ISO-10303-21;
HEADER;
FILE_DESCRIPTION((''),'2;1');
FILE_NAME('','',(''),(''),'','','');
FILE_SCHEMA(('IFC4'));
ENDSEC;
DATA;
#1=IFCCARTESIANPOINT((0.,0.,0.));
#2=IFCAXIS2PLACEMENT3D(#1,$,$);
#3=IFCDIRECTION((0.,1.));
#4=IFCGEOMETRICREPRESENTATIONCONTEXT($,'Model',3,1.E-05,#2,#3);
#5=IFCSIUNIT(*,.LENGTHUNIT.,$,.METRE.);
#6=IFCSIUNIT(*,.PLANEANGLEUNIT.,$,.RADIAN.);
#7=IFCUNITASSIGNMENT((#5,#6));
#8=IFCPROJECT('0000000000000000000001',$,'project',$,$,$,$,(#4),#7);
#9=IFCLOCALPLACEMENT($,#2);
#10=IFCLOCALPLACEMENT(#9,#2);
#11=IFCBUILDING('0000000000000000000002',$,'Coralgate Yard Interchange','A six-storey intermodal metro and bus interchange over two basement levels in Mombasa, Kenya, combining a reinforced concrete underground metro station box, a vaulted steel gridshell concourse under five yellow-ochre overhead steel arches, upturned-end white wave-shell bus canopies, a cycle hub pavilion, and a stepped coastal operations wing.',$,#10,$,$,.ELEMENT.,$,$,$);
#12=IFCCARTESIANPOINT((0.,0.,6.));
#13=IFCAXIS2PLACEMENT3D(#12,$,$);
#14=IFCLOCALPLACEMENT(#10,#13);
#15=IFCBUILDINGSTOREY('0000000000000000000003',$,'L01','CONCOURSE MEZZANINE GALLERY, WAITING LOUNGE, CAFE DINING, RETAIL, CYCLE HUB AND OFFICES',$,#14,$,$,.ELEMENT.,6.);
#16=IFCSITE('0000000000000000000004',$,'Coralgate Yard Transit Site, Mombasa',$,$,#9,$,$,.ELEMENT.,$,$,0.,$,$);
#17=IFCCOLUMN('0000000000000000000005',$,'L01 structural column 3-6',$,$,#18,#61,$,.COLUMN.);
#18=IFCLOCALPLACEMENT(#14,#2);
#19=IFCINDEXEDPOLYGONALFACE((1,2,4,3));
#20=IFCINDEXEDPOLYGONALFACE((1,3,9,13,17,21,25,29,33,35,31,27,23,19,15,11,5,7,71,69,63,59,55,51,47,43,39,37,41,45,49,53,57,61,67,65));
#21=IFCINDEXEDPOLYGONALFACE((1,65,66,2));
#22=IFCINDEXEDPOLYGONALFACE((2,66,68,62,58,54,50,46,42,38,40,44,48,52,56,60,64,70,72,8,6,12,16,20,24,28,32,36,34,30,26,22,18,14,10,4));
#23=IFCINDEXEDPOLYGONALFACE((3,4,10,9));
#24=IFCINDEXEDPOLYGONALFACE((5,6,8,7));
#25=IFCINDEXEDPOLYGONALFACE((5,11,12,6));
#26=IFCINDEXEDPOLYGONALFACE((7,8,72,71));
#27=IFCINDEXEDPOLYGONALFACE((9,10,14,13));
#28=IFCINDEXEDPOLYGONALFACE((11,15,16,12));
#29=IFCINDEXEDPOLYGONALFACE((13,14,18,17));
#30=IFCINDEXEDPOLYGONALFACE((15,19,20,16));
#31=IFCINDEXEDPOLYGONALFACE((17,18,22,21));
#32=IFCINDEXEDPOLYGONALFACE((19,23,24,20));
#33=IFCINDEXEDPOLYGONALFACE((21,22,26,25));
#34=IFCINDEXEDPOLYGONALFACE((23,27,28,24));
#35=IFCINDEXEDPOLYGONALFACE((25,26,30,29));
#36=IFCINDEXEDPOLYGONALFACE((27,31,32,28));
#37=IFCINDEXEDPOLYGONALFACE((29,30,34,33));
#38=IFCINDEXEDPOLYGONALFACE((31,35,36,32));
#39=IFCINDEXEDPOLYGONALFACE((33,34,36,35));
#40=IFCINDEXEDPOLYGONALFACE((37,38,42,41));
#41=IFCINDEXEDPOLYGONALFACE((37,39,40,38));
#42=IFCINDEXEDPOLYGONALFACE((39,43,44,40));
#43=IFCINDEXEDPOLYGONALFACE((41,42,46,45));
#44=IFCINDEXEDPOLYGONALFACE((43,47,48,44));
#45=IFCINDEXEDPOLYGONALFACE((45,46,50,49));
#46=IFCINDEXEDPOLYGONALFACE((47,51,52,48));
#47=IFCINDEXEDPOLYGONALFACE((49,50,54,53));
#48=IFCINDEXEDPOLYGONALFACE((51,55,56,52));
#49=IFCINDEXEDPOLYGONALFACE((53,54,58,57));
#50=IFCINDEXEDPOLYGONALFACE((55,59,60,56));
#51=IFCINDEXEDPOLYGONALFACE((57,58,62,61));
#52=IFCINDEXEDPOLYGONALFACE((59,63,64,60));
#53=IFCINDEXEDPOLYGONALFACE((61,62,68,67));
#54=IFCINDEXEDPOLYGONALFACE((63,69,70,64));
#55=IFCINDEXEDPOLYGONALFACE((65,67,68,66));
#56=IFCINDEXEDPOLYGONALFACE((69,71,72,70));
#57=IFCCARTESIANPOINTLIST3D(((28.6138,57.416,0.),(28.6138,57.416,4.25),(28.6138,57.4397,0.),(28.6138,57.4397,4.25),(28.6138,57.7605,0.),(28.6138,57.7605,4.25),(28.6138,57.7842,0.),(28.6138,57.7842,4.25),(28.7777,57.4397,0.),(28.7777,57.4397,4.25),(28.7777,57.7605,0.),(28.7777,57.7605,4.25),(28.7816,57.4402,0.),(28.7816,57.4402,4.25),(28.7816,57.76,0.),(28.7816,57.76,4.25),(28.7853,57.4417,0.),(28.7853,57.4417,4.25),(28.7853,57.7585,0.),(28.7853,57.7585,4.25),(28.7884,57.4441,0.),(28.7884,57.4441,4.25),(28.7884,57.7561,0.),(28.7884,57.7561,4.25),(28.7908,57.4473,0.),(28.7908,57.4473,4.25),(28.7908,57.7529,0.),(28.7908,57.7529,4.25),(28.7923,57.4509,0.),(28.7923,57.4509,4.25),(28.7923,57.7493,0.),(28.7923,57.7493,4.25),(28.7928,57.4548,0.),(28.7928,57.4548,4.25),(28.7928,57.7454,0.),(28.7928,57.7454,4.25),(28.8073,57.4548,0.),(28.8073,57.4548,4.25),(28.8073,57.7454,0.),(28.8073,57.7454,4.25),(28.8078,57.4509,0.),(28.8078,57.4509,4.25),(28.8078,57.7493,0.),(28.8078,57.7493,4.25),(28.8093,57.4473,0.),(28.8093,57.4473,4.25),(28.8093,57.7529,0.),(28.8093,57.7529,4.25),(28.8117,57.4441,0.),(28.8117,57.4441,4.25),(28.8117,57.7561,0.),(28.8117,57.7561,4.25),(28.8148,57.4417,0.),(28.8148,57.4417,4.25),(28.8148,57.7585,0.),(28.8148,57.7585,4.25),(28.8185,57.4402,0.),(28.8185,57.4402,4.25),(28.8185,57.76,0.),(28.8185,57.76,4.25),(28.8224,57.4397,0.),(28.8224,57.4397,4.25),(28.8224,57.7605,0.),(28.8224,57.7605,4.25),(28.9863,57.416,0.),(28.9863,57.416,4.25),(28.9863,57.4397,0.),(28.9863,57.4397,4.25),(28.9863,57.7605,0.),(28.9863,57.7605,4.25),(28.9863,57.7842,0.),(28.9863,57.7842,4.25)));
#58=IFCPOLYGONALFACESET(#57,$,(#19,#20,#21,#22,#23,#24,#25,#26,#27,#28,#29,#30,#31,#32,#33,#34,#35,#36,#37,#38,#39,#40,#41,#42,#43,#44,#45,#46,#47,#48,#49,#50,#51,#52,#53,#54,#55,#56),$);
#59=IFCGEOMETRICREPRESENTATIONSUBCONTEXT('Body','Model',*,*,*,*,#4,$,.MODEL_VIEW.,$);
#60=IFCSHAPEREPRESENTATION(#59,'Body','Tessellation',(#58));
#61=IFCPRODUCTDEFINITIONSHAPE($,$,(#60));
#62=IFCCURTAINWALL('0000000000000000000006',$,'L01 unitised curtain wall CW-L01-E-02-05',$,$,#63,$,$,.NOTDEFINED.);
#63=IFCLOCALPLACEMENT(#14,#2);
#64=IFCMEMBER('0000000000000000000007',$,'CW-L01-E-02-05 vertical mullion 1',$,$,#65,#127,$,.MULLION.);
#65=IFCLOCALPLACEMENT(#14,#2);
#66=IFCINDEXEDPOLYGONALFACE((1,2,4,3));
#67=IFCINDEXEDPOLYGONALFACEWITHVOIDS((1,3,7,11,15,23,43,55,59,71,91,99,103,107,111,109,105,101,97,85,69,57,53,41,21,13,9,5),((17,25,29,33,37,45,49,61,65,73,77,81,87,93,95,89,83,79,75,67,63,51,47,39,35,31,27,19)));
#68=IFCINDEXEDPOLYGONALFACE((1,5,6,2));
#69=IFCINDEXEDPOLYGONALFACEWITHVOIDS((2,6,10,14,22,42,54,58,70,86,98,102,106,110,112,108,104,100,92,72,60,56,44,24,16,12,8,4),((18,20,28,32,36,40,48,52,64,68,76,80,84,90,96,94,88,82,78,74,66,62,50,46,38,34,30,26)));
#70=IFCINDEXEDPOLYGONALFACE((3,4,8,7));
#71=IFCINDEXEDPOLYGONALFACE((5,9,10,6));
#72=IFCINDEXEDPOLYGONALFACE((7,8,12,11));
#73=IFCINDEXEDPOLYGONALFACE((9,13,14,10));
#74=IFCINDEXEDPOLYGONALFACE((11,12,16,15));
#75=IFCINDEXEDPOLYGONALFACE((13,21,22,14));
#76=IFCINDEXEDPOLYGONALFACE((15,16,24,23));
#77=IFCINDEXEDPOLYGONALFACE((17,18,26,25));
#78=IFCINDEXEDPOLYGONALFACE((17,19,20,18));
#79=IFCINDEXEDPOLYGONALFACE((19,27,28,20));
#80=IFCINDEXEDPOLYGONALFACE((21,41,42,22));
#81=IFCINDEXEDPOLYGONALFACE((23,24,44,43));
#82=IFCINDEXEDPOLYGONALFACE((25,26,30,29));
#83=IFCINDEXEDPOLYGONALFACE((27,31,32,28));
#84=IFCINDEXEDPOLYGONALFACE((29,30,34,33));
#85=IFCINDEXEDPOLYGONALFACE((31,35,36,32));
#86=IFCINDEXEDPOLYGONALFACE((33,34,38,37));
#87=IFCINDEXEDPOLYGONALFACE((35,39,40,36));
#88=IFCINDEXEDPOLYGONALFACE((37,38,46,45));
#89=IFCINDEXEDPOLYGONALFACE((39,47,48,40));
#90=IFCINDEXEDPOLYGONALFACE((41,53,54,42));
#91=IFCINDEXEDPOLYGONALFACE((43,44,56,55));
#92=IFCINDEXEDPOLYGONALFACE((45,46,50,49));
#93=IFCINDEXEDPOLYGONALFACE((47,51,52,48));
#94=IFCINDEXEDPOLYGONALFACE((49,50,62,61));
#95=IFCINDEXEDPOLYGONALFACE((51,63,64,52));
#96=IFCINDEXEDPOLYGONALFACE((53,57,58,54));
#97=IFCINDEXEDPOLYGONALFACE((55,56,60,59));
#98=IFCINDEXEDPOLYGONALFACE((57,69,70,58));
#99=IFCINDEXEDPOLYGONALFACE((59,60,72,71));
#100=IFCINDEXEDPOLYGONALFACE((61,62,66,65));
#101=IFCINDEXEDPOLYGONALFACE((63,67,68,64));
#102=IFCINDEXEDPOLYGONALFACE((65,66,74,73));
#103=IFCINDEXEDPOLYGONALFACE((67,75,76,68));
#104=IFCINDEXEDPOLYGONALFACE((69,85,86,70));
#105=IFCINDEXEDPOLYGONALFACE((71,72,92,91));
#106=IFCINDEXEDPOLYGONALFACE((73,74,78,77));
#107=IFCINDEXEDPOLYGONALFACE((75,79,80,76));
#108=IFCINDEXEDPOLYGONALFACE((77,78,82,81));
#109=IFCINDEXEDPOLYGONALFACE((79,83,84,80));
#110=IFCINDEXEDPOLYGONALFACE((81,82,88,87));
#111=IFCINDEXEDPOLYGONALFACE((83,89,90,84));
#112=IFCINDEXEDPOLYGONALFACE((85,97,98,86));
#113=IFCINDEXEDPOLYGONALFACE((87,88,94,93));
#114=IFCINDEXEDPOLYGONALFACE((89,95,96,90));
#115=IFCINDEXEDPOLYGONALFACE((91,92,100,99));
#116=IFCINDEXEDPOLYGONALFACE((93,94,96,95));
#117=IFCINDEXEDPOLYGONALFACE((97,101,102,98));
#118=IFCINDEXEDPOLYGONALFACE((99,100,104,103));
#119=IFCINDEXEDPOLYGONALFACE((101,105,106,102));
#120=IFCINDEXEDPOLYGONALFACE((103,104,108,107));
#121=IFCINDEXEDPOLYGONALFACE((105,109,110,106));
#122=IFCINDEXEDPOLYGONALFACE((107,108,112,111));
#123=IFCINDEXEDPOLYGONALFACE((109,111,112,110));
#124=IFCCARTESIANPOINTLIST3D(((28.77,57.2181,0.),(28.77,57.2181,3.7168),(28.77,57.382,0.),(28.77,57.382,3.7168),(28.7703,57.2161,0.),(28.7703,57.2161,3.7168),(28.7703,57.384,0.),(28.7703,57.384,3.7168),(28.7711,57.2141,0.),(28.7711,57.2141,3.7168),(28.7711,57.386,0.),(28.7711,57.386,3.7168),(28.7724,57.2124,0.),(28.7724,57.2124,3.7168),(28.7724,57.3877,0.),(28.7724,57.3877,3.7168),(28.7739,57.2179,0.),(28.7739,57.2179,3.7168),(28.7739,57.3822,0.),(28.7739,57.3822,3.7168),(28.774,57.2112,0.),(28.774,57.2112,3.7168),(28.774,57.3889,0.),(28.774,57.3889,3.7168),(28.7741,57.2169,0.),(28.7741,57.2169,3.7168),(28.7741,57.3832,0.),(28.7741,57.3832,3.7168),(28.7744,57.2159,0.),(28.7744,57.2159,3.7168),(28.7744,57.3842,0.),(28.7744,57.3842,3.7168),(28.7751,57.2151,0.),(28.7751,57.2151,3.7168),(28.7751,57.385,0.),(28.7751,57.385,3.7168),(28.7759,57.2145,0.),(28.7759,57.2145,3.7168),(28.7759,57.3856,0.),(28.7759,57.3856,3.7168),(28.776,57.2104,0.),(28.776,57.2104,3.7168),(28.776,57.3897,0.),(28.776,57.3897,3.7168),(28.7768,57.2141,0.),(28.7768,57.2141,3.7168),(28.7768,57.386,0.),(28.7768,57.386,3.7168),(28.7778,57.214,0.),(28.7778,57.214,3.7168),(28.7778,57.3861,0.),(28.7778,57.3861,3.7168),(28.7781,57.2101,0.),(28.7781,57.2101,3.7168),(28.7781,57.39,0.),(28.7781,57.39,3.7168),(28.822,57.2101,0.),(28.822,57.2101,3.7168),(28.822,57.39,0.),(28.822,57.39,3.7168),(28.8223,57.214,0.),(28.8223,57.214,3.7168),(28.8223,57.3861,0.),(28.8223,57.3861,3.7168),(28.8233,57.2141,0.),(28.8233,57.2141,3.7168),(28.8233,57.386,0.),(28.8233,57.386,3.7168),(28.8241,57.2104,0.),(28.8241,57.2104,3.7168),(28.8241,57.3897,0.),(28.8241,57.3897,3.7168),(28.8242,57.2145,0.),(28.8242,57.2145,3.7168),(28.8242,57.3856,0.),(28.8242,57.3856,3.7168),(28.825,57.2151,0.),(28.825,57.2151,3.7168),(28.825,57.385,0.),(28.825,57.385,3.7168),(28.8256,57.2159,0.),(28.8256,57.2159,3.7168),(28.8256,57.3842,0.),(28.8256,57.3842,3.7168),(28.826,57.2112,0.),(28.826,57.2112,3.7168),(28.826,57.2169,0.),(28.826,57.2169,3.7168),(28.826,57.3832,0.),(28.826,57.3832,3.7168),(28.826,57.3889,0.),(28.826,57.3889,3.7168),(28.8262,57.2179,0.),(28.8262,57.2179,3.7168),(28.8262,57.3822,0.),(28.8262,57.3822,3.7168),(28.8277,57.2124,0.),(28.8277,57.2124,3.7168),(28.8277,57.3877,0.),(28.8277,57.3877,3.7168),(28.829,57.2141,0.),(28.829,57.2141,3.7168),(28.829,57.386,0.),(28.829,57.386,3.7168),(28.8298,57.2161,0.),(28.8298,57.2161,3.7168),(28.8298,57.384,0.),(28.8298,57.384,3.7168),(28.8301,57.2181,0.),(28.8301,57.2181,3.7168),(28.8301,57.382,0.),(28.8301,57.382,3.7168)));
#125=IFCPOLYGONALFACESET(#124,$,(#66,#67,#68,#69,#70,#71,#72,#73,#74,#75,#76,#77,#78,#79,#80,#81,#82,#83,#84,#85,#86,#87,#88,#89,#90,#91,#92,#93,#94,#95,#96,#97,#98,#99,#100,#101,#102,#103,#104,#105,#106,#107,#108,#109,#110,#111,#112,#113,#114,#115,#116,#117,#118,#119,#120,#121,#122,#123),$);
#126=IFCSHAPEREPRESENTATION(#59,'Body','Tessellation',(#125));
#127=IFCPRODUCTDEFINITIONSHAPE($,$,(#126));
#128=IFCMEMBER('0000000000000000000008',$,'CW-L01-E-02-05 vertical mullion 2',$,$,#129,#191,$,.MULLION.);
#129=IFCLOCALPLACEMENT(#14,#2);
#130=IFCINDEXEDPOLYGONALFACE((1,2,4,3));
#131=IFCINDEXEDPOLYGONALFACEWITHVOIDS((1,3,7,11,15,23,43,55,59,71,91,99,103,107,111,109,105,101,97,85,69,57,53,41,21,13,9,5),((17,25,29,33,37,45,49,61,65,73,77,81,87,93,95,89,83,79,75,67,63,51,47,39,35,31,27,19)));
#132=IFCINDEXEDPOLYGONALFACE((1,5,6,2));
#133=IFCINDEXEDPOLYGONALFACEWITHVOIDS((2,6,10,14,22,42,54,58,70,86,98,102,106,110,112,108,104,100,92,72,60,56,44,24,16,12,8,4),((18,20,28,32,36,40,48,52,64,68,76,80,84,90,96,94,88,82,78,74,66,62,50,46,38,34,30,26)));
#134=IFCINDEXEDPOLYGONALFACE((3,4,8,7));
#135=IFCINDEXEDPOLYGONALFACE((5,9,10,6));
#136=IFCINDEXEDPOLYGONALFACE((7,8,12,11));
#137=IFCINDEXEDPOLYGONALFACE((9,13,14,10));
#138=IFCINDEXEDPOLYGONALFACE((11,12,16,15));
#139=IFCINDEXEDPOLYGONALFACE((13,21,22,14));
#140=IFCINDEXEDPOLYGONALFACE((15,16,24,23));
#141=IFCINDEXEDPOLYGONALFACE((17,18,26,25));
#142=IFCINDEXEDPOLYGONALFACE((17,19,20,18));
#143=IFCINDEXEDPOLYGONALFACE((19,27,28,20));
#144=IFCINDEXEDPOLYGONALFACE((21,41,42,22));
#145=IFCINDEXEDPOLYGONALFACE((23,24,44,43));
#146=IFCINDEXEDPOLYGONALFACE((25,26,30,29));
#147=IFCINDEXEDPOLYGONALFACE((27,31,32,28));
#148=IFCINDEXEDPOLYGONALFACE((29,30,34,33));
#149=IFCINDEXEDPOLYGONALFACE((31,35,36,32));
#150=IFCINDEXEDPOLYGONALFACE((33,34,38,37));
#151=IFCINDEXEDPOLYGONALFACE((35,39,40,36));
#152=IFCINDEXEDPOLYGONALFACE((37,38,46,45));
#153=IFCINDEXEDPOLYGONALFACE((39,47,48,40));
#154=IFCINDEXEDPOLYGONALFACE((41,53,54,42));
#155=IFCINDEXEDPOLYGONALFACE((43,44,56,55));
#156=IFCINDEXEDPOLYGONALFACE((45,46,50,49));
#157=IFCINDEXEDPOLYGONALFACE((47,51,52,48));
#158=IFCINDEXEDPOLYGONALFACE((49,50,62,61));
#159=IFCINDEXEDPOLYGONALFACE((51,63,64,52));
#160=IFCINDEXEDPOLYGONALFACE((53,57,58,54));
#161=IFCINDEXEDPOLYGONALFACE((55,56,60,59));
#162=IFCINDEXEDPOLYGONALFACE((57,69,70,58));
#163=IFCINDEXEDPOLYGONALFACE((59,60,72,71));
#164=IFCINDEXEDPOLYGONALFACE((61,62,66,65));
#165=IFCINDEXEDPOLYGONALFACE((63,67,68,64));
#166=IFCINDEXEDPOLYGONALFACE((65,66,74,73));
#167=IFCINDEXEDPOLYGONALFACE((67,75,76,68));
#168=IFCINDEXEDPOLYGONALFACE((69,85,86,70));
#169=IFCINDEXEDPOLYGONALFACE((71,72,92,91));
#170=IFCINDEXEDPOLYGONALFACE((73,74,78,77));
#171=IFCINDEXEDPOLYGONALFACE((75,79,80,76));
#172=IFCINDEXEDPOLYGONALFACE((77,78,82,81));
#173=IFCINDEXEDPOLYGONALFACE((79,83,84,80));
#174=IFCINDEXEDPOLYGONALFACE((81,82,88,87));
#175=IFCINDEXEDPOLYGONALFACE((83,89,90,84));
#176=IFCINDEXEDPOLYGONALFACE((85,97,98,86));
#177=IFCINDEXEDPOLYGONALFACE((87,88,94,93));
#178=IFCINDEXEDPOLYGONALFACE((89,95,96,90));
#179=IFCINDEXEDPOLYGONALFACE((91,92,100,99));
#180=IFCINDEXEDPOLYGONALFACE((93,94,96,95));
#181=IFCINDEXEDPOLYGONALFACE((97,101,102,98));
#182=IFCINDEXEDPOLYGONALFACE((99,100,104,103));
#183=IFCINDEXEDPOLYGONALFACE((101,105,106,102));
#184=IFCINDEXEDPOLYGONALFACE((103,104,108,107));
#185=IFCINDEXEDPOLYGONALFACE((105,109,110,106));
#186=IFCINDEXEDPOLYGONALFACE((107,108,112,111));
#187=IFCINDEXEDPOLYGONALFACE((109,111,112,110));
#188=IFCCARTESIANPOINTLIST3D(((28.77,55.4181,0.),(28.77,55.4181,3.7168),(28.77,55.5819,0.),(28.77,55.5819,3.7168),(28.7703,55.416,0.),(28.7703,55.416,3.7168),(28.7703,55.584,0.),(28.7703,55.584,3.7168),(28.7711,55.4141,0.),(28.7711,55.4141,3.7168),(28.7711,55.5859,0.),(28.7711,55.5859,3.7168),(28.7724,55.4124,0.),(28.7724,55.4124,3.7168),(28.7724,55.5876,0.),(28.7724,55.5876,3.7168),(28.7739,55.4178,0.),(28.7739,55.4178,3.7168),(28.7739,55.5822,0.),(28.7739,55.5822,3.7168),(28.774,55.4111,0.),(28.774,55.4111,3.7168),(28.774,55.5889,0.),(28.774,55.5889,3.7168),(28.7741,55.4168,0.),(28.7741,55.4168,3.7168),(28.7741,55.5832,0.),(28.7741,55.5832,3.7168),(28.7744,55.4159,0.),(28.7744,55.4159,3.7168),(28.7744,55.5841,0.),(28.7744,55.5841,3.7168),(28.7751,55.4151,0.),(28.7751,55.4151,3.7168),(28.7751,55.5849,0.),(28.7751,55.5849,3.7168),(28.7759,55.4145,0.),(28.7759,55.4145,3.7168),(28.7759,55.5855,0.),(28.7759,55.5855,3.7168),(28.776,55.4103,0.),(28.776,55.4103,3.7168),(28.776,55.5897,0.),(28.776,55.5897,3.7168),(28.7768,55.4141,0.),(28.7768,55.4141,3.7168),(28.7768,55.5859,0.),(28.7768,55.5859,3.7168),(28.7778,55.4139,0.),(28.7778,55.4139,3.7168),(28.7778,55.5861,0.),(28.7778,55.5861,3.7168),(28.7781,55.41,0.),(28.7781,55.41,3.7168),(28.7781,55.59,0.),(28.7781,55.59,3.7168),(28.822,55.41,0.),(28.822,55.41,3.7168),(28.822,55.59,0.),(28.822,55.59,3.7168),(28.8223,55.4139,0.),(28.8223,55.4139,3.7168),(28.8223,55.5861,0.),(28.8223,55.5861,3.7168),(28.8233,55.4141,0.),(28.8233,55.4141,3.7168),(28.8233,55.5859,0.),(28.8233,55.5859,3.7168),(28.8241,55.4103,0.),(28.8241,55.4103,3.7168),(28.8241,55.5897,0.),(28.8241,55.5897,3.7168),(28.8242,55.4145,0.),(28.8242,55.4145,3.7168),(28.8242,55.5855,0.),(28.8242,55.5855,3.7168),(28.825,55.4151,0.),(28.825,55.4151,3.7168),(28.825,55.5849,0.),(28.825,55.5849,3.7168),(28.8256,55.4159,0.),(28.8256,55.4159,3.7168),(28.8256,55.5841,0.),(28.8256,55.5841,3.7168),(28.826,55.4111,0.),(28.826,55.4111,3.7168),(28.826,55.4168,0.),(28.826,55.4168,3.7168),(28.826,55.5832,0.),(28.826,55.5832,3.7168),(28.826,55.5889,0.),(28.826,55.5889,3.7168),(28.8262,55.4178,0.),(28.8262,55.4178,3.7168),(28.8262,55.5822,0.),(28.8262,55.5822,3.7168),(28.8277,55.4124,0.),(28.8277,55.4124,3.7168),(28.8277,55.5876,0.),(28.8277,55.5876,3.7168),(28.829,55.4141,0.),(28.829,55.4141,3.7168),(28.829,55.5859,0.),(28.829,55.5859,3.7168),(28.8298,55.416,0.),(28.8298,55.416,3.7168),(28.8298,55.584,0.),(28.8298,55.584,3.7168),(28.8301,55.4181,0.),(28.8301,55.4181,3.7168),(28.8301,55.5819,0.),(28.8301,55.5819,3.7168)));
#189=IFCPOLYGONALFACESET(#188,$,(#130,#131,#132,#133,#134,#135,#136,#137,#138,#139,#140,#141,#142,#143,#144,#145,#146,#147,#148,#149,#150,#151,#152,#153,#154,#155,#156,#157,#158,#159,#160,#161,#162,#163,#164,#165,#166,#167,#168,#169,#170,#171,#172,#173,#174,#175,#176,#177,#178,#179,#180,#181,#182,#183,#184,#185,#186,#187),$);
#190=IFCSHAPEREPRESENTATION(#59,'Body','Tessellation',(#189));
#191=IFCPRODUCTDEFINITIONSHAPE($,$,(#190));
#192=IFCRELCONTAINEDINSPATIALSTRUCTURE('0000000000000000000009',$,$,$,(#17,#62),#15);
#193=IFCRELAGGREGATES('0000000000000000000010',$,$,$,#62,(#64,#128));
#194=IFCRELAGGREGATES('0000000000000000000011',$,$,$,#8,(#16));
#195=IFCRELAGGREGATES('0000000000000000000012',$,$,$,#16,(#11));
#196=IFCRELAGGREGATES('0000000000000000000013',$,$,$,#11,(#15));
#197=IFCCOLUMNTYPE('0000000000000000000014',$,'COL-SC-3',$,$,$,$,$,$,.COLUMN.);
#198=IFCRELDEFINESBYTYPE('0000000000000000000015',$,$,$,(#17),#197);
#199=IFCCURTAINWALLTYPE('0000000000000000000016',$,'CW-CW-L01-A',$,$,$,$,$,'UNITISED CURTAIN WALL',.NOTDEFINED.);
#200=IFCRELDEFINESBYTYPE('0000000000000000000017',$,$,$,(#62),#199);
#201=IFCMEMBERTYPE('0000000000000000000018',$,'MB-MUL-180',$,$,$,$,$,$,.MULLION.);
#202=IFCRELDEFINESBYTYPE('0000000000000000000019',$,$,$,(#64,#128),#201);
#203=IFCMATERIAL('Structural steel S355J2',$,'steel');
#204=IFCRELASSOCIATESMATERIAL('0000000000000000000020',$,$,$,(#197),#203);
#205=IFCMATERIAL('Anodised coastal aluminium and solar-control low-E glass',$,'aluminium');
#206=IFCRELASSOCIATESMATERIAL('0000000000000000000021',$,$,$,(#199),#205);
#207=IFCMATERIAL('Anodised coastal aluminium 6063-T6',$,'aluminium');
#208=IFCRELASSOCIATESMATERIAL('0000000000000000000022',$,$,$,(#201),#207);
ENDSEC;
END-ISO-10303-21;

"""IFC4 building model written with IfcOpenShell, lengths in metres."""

from ifc_helpers import new_model, si_unit, direction, frame, origin, origin_2d, place, context, subcontext, project, spatial, hollow_rectangle, i_section, extrude, material, material_profile, profile_set, type_object, element, aggregate, save


model = new_model("IFC4")

# Units and contexts
model_context = context("Model", 3, precision=1e-05, world=origin(), true_north=direction((0.0, 1.0)))
body_context = subcontext(model_context, "Body", "Model", "MODEL_VIEW")
ifc_project = project(units=[si_unit("LENGTHUNIT", "METRE"), si_unit("PLANEANGLEUNIT", "RADIAN")], contexts=[model_context])

# Site, building, storey
site_placement = place(None, origin())
site = spatial("IfcSite", under=ifc_project, at=site_placement, Name="Coralgate Yard Transit Site, Mombasa", CompositionType="ELEMENT", RefElevation=0.0)
building_placement = place(site_placement, origin())
building = spatial("IfcBuilding", under=site, at=building_placement, Name="Coralgate Yard Interchange", Description="A six-storey intermodal metro and bus interchange over two basement levels in Mombasa, Kenya, combining a reinforced concrete underground metro station box, a vaulted steel gridshell concourse under five yellow-ochre overhead steel arches, upturned-end white wave-shell bus canopies, a cycle hub pavilion, and a stepped coastal operations wing.", CompositionType="ELEMENT")
storey_placement = place(building_placement, frame((0.0, 0.0, 6.0)))
storey = spatial("IfcBuildingStorey", under=building, at=storey_placement, Name="L01", Description="CONCOURSE MEZZANINE GALLERY, WAITING LOUNGE, CAFE DINING, RETAIL, CYCLE HUB AND OFFICES", CompositionType="ELEMENT", Elevation=6.0)

# Column
ifc_material_1 = material(Name="Structural steel S355J2", Category="steel")
ifc_material_profile_1 = material_profile(ifc_material_1, i_section(OverallWidth=0.3726, OverallDepth=0.3682, WebThickness=0.0144, FlangeThickness=0.0237, FilletRadius=0.0151, at=origin_2d()), Name="UC 356x368x177")
ifc_profile_set_1 = profile_set([ifc_material_profile_1], Name="Structural steel S355J2")
column_type = type_object("IfcColumnType", Name="COL-SC-3", PredefinedType="COLUMN", material=ifc_profile_set_1)
column_placement = place(storey_placement, frame((28.8, 57.6001, 0.0), z_axis=(0.0, 0.0, 1.0), x_axis=(1.0, 0.0, 0.0)))
element("IfcColumn", 1, at=column_placement, inside=storey, type_object=column_type, Name="L01 structural column 3-6", PredefinedType="COLUMN", context=body_context, shape_type="SweptSolid", body=[
    extrude(i_section(OverallWidth=0.3726, OverallDepth=0.3682, WebThickness=0.0144, FlangeThickness=0.0237, FilletRadius=0.0151, at=origin_2d()), origin(), (0.0, 0.0, 1.0), 4.25),
])

# Curtain wall, members
ifc_material_2 = material(Name="Anodised coastal aluminium and solar-control low-E glass", Category="aluminium")
curtain_wall_type = type_object("IfcCurtainWallType", Name="CW-CW-L01-A", ElementType="UNITISED CURTAIN WALL", PredefinedType="NOTDEFINED", material=ifc_material_2)
curtain_wall_1_placement = place(storey_placement, origin())
curtain_wall_1 = element("IfcCurtainWall", 2, at=curtain_wall_1_placement, inside=storey, type_object=curtain_wall_type, Name="L01 unitised curtain wall CW-L01-E-02-05", PredefinedType="NOTDEFINED")
ifc_material_3 = material(Name="Anodised coastal aluminium 6063-T6", Category="aluminium")
ifc_material_profile_2 = material_profile(ifc_material_3, hollow_rectangle(XDim=0.0601, YDim=0.1799, WallThickness=0.0039, InnerFilletRadius=0.0039, OuterFilletRadius=0.0081, at=origin_2d()), Name="ALU 60x180x4")
ifc_profile_set_2 = profile_set([ifc_material_profile_2], Name="Anodised coastal aluminium 6063-T6")
member_type_1 = type_object("IfcMemberType", Name="MB-MUL-180", PredefinedType="MULLION", material=ifc_profile_set_2)
member_1_placement = place(storey_placement, frame((28.8, 57.3, 0.0), z_axis=(0.0, 0.0, 1.0), x_axis=(1.0, 0.0, 0.0)))
member_1 = element("IfcMember", 3, at=member_1_placement, type_object=member_type_1, Name="CW-L01-E-02-05 vertical mullion 1", PredefinedType="MULLION", context=body_context, shape_type="SweptSolid", body=[
    extrude(hollow_rectangle(XDim=0.0601, YDim=0.1799, WallThickness=0.0039, InnerFilletRadius=0.0039, OuterFilletRadius=0.0081, at=origin_2d()), origin(), (0.0, 0.0, 1.0), 3.7168),
])
member_2_placement = place(storey_placement, frame((28.8, 55.5, 0.0), z_axis=(0.0, 0.0, 1.0), x_axis=(1.0, 0.0, 0.0)))
member_2 = element("IfcMember", 4, at=member_2_placement, type_object=member_type_1, Name="CW-L01-E-02-05 vertical mullion 2", PredefinedType="MULLION", context=body_context, shape_type="SweptSolid", body=[
    extrude(hollow_rectangle(XDim=0.0601, YDim=0.1799, WallThickness=0.0039, InnerFilletRadius=0.0039, OuterFilletRadius=0.0081, at=origin_2d()), origin(), (0.0, 0.0, 1.0), 3.7168),
])

aggregate(curtain_wall_1, [member_1, member_2])

save(model, "model.ifc")
